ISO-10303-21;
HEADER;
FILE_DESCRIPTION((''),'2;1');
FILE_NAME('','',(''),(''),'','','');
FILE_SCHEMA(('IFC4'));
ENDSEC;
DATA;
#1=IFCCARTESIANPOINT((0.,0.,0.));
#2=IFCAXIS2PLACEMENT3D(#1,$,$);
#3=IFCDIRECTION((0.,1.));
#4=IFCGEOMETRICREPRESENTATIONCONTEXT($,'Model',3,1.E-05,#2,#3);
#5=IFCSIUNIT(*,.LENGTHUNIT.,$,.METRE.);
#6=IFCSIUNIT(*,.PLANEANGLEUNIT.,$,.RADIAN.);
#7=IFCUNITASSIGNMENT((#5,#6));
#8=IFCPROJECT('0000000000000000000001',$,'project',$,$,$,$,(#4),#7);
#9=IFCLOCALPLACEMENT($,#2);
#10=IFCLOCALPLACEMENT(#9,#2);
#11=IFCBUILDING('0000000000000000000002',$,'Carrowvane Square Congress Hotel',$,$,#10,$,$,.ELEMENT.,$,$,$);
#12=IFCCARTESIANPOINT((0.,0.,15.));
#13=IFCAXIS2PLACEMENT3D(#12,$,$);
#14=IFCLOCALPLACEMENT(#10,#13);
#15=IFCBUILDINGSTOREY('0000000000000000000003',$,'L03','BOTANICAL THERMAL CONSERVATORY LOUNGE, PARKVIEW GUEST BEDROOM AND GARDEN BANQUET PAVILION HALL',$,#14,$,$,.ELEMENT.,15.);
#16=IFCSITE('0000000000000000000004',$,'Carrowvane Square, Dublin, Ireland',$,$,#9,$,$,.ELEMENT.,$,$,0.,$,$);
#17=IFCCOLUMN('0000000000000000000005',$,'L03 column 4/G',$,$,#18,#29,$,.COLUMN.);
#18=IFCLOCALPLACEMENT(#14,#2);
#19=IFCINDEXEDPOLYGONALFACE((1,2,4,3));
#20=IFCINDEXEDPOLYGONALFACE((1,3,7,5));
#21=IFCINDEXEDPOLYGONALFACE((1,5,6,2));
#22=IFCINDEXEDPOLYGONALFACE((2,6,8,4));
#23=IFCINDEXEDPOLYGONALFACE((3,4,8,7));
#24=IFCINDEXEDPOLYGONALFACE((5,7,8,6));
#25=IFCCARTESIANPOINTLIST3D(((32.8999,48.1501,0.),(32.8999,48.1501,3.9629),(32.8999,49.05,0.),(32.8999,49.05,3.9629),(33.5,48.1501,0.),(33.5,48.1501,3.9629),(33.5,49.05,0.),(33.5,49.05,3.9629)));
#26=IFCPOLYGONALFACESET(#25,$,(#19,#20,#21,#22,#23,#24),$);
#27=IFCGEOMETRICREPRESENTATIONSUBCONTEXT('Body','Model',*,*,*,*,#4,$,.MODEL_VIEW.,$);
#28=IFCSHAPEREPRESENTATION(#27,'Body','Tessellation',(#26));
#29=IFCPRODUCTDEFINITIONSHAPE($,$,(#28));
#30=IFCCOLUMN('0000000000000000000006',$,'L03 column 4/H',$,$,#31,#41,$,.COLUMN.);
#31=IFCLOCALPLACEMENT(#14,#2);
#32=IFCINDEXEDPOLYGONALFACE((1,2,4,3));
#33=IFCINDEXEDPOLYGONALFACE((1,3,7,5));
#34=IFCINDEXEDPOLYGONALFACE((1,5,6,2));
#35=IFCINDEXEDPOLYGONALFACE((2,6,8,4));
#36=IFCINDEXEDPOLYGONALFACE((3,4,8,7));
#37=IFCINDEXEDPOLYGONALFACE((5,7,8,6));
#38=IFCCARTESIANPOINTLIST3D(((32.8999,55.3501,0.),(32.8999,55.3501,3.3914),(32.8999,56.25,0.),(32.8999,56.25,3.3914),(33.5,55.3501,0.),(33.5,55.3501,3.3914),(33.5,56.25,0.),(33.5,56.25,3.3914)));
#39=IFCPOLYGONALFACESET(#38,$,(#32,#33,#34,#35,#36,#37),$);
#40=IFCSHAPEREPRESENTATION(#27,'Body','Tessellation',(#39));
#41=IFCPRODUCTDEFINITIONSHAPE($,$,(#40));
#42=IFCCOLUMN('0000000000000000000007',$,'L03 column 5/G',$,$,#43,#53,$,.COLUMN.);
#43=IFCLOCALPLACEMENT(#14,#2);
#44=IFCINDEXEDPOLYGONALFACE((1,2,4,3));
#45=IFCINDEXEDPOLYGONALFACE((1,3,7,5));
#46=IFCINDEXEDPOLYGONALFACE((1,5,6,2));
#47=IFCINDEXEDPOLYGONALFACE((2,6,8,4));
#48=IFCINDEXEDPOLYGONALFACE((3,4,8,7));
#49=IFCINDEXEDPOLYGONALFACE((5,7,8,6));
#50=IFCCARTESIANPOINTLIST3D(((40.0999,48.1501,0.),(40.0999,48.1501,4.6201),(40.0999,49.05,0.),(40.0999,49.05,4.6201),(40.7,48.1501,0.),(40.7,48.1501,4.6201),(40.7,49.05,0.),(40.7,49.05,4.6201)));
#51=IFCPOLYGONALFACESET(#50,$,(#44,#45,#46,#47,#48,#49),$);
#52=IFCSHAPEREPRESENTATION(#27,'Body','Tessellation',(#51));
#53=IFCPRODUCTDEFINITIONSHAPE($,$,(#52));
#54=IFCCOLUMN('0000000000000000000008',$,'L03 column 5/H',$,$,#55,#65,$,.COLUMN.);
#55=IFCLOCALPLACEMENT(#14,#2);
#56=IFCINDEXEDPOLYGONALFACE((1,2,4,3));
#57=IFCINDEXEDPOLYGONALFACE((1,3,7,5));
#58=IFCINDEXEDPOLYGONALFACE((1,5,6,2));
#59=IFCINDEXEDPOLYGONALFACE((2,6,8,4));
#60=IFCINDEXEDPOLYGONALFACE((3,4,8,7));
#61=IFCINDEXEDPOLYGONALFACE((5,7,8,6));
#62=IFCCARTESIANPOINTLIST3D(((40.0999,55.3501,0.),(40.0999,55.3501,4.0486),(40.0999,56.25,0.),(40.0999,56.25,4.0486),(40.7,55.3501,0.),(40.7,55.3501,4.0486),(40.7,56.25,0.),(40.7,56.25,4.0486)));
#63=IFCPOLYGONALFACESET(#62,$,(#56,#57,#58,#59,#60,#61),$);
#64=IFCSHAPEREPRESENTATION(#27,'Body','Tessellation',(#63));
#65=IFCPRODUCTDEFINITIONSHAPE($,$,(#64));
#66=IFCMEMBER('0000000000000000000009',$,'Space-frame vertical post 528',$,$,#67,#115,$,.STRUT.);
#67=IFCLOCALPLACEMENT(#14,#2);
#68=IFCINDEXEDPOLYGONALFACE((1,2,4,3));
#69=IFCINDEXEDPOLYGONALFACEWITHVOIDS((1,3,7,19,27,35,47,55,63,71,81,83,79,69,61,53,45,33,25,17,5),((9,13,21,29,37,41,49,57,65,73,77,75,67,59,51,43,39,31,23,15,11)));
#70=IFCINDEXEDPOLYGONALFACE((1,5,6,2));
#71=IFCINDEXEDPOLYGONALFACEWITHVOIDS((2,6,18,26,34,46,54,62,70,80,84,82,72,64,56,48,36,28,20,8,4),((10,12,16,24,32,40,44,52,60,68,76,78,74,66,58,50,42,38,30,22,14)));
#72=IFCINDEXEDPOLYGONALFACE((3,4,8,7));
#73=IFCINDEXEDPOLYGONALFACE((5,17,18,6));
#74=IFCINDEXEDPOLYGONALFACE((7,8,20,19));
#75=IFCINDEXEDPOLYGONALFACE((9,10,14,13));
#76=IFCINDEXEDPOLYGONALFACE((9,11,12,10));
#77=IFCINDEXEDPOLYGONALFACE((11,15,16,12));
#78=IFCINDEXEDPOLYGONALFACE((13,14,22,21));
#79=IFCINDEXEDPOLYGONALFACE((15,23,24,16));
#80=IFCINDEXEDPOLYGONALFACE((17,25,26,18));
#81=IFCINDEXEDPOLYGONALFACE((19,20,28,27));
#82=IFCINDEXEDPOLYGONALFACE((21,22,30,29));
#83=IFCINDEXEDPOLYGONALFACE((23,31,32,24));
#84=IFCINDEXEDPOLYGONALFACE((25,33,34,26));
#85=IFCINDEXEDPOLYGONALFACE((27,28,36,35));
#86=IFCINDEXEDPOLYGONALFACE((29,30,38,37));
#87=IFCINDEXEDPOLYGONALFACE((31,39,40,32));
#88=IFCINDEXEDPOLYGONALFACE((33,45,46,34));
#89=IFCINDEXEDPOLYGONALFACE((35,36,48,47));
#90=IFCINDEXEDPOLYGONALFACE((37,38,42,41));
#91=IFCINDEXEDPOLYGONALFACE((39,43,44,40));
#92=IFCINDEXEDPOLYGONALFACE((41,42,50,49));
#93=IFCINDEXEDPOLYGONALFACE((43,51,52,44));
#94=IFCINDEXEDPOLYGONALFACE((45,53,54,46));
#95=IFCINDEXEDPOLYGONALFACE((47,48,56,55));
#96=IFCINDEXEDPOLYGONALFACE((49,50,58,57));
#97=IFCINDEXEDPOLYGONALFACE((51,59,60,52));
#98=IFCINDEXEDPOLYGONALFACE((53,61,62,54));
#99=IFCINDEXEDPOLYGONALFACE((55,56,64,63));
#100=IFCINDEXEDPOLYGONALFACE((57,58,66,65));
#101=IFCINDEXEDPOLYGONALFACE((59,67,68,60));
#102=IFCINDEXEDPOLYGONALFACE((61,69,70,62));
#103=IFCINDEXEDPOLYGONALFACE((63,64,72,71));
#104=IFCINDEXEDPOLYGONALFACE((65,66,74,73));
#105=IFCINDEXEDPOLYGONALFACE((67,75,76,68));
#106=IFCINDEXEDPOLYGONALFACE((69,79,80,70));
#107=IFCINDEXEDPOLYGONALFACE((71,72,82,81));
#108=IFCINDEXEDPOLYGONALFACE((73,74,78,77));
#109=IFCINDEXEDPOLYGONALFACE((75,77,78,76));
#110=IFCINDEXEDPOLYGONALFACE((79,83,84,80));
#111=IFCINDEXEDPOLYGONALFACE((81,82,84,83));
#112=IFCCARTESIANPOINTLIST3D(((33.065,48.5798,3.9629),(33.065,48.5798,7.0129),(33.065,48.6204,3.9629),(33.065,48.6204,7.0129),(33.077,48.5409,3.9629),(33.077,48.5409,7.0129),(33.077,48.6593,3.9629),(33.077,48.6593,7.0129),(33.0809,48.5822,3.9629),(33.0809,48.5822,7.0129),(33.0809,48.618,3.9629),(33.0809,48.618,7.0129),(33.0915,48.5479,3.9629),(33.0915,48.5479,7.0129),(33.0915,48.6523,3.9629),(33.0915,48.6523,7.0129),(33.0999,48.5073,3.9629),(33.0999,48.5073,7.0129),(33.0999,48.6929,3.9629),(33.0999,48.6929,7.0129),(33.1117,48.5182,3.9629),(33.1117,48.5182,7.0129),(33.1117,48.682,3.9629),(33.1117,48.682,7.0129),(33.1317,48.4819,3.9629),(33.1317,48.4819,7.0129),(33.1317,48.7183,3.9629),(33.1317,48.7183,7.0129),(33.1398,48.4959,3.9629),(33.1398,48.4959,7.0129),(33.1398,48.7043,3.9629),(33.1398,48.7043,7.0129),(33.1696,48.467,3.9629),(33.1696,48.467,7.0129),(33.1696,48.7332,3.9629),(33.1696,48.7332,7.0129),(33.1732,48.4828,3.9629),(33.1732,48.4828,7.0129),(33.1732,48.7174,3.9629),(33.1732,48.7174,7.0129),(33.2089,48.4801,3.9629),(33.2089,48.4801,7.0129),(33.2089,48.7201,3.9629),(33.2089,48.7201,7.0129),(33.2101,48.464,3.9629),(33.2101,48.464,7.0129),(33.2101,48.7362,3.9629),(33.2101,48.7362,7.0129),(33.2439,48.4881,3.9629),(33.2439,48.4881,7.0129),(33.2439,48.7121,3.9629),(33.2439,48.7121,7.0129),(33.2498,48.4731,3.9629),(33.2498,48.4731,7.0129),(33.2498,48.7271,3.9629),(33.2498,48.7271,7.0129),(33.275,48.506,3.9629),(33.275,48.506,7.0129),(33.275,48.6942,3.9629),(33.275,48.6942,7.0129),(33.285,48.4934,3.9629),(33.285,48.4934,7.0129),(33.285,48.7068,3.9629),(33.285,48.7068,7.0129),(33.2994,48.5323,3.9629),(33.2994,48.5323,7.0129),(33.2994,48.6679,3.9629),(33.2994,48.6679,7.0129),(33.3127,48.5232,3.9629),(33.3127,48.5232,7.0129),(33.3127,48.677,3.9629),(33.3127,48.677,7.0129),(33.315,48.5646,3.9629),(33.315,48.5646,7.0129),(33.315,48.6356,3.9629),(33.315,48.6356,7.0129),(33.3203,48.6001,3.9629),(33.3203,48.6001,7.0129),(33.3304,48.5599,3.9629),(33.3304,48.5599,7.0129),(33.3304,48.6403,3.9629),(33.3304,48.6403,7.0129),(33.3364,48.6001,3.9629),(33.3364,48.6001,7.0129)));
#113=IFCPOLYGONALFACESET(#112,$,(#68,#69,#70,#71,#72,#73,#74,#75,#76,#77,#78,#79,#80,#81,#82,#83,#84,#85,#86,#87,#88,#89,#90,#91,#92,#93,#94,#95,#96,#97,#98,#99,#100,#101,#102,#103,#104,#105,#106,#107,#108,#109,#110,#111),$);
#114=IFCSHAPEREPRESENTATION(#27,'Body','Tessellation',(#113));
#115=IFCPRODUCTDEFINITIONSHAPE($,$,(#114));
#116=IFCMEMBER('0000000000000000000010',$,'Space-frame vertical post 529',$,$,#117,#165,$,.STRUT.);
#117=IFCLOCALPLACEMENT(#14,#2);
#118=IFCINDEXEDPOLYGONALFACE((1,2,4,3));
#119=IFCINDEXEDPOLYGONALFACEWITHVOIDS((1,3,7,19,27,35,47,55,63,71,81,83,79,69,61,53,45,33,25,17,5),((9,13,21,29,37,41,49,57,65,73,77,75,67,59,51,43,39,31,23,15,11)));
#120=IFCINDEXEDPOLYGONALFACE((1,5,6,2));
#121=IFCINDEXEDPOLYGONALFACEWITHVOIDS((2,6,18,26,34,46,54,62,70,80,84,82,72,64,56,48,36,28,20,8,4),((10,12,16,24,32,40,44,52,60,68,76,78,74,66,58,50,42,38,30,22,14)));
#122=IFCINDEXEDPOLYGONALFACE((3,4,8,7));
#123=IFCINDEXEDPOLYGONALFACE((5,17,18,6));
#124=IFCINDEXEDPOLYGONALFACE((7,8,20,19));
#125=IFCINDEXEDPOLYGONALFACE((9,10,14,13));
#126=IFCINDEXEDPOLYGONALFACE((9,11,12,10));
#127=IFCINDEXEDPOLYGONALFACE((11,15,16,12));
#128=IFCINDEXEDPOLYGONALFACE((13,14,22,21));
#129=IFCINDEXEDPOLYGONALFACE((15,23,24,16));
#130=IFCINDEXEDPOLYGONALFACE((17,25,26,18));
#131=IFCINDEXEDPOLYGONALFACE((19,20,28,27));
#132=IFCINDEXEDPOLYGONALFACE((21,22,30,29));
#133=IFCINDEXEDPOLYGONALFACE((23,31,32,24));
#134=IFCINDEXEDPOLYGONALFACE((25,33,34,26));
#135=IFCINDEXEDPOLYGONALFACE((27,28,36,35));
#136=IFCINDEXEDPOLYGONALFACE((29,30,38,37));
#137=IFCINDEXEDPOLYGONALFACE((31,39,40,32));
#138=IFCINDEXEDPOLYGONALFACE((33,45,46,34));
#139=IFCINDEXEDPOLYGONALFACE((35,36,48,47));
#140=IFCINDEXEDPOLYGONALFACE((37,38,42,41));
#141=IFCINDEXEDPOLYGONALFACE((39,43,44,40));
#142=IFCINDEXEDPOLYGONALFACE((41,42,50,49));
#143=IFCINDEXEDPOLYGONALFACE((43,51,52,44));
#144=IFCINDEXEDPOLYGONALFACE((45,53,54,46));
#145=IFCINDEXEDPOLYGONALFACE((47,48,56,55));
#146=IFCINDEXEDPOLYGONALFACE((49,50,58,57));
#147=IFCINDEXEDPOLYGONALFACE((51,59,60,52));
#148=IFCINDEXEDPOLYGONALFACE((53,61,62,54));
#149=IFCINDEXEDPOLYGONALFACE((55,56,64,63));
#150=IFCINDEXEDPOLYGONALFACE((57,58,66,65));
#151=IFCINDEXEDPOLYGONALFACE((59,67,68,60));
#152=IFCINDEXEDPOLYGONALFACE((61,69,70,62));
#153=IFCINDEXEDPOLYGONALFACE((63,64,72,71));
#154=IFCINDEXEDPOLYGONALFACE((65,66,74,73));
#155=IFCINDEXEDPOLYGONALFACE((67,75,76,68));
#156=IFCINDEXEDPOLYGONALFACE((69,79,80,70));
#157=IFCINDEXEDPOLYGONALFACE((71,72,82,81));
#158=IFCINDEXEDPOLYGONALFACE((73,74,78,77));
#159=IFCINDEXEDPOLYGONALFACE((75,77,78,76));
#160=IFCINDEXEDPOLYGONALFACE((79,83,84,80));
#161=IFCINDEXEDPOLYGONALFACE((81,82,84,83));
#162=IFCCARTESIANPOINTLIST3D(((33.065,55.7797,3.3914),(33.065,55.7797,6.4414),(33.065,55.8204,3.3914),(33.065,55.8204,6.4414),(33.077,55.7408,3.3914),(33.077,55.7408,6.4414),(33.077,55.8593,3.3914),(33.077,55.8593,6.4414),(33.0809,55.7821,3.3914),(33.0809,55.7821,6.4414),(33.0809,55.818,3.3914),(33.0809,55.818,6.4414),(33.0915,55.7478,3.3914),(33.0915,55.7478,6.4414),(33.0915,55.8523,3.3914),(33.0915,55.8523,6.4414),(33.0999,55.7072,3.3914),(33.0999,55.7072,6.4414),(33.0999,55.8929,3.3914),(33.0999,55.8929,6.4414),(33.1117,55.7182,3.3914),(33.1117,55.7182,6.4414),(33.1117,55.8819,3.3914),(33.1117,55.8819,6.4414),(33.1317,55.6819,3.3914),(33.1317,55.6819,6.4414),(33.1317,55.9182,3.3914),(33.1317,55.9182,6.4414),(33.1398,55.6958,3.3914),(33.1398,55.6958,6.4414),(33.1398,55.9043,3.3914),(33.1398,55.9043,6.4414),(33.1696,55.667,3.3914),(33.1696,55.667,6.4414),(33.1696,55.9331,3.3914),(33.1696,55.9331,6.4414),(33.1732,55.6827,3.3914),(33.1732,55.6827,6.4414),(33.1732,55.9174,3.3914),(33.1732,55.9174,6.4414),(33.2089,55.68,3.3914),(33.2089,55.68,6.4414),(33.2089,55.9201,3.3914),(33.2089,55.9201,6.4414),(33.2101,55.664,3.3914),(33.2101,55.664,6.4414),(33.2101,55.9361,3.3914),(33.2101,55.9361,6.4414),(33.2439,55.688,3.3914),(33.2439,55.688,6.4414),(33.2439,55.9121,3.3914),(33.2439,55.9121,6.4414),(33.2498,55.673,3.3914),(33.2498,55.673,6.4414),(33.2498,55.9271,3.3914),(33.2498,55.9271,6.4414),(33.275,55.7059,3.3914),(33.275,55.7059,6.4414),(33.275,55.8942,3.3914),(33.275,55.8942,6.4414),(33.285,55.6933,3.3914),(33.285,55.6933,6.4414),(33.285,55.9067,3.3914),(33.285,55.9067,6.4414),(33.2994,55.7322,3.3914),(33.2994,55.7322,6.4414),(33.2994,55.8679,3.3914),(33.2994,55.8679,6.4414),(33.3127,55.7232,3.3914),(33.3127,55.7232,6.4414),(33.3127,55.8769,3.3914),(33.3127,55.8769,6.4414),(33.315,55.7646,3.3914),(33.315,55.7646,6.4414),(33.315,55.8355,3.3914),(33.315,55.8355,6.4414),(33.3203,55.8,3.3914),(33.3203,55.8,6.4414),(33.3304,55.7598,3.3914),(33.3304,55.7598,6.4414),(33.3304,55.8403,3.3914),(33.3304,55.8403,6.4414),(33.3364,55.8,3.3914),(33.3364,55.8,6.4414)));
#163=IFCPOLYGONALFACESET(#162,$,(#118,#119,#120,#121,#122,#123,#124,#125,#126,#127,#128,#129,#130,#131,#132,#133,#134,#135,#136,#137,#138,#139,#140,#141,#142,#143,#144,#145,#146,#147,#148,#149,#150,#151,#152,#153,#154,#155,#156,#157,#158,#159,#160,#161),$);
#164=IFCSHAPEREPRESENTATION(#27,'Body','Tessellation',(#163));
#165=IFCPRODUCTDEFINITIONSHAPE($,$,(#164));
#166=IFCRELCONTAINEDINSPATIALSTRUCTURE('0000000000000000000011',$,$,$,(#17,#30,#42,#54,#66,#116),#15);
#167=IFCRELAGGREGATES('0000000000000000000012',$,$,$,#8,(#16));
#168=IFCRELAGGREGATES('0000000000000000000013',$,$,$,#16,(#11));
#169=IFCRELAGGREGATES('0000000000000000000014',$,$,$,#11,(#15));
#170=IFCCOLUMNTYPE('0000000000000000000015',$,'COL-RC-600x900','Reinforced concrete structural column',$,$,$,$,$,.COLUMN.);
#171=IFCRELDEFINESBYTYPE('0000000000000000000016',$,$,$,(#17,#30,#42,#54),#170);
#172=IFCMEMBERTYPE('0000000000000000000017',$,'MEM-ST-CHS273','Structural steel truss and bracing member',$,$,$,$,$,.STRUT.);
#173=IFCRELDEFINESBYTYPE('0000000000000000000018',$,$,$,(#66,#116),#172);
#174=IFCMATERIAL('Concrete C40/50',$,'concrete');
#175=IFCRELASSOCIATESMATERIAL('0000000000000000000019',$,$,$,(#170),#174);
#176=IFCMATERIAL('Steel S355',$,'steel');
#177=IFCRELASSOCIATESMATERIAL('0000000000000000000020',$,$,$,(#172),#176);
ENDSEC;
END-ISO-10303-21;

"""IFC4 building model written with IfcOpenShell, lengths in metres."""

from ifc_helpers import new_model, si_unit, direction, frame, origin, origin_2d, place, context, subcontext, project, spatial, rectangle, hollow_circle, extrude, material, material_profile, profile_set, type_object, element, save


model = new_model("IFC4")

# Units and contexts
model_context = context("Model", 3, precision=1e-05, world=origin(), true_north=direction((0.0, 1.0)))
body_context = subcontext(model_context, "Body", "Model", "MODEL_VIEW")
ifc_project = project(units=[si_unit("LENGTHUNIT", "METRE"), si_unit("PLANEANGLEUNIT", "RADIAN")], contexts=[model_context])

# Site, building, storey
site_placement = place(None, origin())
site = spatial("IfcSite", under=ifc_project, at=site_placement, Name="Carrowvane Square, Dublin, Ireland", CompositionType="ELEMENT", RefElevation=0.0)
building_placement = place(site_placement, origin())
building = spatial("IfcBuilding", under=site, at=building_placement, Name="Carrowvane Square Congress Hotel", CompositionType="ELEMENT")
storey_placement = place(building_placement, frame((0.0, 0.0, 15.0)))
storey = spatial("IfcBuildingStorey", under=building, at=storey_placement, Name="L03", Description="BOTANICAL THERMAL CONSERVATORY LOUNGE, PARKVIEW GUEST BEDROOM AND GARDEN BANQUET PAVILION HALL", CompositionType="ELEMENT", Elevation=15.0)

# Columns
ifc_material_1 = material(Name="Concrete C40/50", Category="concrete")
ifc_material_profile_1 = material_profile(ifc_material_1, rectangle(XDim=0.6001, YDim=0.8999, at=origin_2d()), Name="RC 600x900")
ifc_profile_set_1 = profile_set([ifc_material_profile_1], Name="Concrete C40/50")
column_type = type_object("IfcColumnType", Name="COL-RC-600x900", Description="Reinforced concrete structural column", PredefinedType="COLUMN", material=ifc_profile_set_1)
column_1_placement = place(storey_placement, frame((33.2, 48.6001, 0.0), z_axis=(0.0, 0.0, 1.0), x_axis=(1.0, 0.0, 0.0)))
element("IfcColumn", 1, at=column_1_placement, inside=storey, type_object=column_type, Name="L03 column 4/G", PredefinedType="COLUMN", context=body_context, shape_type="SweptSolid", body=[
    extrude(rectangle(XDim=0.6001, YDim=0.8999, at=origin_2d()), origin(), (0.0, 0.0, 1.0), 3.9629),
])
column_2_placement = place(storey_placement, frame((33.2, 55.8, 0.0), z_axis=(0.0, 0.0, 1.0), x_axis=(1.0, 0.0, 0.0)))
element("IfcColumn", 2, at=column_2_placement, inside=storey, type_object=column_type, Name="L03 column 4/H", PredefinedType="COLUMN", context=body_context, shape_type="SweptSolid", body=[
    extrude(rectangle(XDim=0.6001, YDim=0.8999, at=origin_2d()), origin(), (0.0, 0.0, 1.0), 3.3914),
])
column_3_placement = place(storey_placement, frame((40.3999, 48.6001, 0.0), z_axis=(0.0, 0.0, 1.0), x_axis=(1.0, 0.0, 0.0)))
element("IfcColumn", 3, at=column_3_placement, inside=storey, type_object=column_type, Name="L03 column 5/G", PredefinedType="COLUMN", context=body_context, shape_type="SweptSolid", body=[
    extrude(rectangle(XDim=0.6001, YDim=0.8999, at=origin_2d()), origin(), (0.0, 0.0, 1.0), 4.6201),
])
column_4_placement = place(storey_placement, frame((40.3999, 55.8, 0.0), z_axis=(0.0, 0.0, 1.0), x_axis=(1.0, 0.0, 0.0)))
element("IfcColumn", 4, at=column_4_placement, inside=storey, type_object=column_type, Name="L03 column 5/H", PredefinedType="COLUMN", context=body_context, shape_type="SweptSolid", body=[
    extrude(rectangle(XDim=0.6001, YDim=0.8999, at=origin_2d()), origin(), (0.0, 0.0, 1.0), 4.0486),
])

# Members
ifc_material_2 = material(Name="Steel S355", Category="steel")
ifc_material_profile_2 = material_profile(ifc_material_2, hollow_circle(Radius=0.1365, WallThickness=0.0161, at=origin_2d()), Name="CHS 273.0x16")
ifc_profile_set_2 = profile_set([ifc_material_profile_2], Name="Steel S355")
member_type_1 = type_object("IfcMemberType", Name="MEM-ST-CHS273", Description="Structural steel truss and bracing member", PredefinedType="STRUT", material=ifc_profile_set_2)
for number, where, z_axis, x_axis, name in (
    (5, (33.2, 48.6001, 3.9629), (0.0, 0.0, 1.0), (1.0, 0.0, 0.0), "Space-frame vertical post 528"),
    (6, (33.2, 55.8, 3.3914), (0.0, 0.0, 1.0), (1.0, 0.0, 0.0), "Space-frame vertical post 529"),
):
    element("IfcMember", number, at=place(storey_placement, frame(where, z_axis=z_axis, x_axis=x_axis)), inside=storey, type_object=member_type_1, Name=name, PredefinedType="STRUT", context=body_context, shape_type="SweptSolid", body=[
        extrude(hollow_circle(Radius=0.1365, WallThickness=0.0161, at=origin_2d()), origin(), (0.0, 0.0, 1.0), 3.05),
    ])

save(model, "model.ifc")
